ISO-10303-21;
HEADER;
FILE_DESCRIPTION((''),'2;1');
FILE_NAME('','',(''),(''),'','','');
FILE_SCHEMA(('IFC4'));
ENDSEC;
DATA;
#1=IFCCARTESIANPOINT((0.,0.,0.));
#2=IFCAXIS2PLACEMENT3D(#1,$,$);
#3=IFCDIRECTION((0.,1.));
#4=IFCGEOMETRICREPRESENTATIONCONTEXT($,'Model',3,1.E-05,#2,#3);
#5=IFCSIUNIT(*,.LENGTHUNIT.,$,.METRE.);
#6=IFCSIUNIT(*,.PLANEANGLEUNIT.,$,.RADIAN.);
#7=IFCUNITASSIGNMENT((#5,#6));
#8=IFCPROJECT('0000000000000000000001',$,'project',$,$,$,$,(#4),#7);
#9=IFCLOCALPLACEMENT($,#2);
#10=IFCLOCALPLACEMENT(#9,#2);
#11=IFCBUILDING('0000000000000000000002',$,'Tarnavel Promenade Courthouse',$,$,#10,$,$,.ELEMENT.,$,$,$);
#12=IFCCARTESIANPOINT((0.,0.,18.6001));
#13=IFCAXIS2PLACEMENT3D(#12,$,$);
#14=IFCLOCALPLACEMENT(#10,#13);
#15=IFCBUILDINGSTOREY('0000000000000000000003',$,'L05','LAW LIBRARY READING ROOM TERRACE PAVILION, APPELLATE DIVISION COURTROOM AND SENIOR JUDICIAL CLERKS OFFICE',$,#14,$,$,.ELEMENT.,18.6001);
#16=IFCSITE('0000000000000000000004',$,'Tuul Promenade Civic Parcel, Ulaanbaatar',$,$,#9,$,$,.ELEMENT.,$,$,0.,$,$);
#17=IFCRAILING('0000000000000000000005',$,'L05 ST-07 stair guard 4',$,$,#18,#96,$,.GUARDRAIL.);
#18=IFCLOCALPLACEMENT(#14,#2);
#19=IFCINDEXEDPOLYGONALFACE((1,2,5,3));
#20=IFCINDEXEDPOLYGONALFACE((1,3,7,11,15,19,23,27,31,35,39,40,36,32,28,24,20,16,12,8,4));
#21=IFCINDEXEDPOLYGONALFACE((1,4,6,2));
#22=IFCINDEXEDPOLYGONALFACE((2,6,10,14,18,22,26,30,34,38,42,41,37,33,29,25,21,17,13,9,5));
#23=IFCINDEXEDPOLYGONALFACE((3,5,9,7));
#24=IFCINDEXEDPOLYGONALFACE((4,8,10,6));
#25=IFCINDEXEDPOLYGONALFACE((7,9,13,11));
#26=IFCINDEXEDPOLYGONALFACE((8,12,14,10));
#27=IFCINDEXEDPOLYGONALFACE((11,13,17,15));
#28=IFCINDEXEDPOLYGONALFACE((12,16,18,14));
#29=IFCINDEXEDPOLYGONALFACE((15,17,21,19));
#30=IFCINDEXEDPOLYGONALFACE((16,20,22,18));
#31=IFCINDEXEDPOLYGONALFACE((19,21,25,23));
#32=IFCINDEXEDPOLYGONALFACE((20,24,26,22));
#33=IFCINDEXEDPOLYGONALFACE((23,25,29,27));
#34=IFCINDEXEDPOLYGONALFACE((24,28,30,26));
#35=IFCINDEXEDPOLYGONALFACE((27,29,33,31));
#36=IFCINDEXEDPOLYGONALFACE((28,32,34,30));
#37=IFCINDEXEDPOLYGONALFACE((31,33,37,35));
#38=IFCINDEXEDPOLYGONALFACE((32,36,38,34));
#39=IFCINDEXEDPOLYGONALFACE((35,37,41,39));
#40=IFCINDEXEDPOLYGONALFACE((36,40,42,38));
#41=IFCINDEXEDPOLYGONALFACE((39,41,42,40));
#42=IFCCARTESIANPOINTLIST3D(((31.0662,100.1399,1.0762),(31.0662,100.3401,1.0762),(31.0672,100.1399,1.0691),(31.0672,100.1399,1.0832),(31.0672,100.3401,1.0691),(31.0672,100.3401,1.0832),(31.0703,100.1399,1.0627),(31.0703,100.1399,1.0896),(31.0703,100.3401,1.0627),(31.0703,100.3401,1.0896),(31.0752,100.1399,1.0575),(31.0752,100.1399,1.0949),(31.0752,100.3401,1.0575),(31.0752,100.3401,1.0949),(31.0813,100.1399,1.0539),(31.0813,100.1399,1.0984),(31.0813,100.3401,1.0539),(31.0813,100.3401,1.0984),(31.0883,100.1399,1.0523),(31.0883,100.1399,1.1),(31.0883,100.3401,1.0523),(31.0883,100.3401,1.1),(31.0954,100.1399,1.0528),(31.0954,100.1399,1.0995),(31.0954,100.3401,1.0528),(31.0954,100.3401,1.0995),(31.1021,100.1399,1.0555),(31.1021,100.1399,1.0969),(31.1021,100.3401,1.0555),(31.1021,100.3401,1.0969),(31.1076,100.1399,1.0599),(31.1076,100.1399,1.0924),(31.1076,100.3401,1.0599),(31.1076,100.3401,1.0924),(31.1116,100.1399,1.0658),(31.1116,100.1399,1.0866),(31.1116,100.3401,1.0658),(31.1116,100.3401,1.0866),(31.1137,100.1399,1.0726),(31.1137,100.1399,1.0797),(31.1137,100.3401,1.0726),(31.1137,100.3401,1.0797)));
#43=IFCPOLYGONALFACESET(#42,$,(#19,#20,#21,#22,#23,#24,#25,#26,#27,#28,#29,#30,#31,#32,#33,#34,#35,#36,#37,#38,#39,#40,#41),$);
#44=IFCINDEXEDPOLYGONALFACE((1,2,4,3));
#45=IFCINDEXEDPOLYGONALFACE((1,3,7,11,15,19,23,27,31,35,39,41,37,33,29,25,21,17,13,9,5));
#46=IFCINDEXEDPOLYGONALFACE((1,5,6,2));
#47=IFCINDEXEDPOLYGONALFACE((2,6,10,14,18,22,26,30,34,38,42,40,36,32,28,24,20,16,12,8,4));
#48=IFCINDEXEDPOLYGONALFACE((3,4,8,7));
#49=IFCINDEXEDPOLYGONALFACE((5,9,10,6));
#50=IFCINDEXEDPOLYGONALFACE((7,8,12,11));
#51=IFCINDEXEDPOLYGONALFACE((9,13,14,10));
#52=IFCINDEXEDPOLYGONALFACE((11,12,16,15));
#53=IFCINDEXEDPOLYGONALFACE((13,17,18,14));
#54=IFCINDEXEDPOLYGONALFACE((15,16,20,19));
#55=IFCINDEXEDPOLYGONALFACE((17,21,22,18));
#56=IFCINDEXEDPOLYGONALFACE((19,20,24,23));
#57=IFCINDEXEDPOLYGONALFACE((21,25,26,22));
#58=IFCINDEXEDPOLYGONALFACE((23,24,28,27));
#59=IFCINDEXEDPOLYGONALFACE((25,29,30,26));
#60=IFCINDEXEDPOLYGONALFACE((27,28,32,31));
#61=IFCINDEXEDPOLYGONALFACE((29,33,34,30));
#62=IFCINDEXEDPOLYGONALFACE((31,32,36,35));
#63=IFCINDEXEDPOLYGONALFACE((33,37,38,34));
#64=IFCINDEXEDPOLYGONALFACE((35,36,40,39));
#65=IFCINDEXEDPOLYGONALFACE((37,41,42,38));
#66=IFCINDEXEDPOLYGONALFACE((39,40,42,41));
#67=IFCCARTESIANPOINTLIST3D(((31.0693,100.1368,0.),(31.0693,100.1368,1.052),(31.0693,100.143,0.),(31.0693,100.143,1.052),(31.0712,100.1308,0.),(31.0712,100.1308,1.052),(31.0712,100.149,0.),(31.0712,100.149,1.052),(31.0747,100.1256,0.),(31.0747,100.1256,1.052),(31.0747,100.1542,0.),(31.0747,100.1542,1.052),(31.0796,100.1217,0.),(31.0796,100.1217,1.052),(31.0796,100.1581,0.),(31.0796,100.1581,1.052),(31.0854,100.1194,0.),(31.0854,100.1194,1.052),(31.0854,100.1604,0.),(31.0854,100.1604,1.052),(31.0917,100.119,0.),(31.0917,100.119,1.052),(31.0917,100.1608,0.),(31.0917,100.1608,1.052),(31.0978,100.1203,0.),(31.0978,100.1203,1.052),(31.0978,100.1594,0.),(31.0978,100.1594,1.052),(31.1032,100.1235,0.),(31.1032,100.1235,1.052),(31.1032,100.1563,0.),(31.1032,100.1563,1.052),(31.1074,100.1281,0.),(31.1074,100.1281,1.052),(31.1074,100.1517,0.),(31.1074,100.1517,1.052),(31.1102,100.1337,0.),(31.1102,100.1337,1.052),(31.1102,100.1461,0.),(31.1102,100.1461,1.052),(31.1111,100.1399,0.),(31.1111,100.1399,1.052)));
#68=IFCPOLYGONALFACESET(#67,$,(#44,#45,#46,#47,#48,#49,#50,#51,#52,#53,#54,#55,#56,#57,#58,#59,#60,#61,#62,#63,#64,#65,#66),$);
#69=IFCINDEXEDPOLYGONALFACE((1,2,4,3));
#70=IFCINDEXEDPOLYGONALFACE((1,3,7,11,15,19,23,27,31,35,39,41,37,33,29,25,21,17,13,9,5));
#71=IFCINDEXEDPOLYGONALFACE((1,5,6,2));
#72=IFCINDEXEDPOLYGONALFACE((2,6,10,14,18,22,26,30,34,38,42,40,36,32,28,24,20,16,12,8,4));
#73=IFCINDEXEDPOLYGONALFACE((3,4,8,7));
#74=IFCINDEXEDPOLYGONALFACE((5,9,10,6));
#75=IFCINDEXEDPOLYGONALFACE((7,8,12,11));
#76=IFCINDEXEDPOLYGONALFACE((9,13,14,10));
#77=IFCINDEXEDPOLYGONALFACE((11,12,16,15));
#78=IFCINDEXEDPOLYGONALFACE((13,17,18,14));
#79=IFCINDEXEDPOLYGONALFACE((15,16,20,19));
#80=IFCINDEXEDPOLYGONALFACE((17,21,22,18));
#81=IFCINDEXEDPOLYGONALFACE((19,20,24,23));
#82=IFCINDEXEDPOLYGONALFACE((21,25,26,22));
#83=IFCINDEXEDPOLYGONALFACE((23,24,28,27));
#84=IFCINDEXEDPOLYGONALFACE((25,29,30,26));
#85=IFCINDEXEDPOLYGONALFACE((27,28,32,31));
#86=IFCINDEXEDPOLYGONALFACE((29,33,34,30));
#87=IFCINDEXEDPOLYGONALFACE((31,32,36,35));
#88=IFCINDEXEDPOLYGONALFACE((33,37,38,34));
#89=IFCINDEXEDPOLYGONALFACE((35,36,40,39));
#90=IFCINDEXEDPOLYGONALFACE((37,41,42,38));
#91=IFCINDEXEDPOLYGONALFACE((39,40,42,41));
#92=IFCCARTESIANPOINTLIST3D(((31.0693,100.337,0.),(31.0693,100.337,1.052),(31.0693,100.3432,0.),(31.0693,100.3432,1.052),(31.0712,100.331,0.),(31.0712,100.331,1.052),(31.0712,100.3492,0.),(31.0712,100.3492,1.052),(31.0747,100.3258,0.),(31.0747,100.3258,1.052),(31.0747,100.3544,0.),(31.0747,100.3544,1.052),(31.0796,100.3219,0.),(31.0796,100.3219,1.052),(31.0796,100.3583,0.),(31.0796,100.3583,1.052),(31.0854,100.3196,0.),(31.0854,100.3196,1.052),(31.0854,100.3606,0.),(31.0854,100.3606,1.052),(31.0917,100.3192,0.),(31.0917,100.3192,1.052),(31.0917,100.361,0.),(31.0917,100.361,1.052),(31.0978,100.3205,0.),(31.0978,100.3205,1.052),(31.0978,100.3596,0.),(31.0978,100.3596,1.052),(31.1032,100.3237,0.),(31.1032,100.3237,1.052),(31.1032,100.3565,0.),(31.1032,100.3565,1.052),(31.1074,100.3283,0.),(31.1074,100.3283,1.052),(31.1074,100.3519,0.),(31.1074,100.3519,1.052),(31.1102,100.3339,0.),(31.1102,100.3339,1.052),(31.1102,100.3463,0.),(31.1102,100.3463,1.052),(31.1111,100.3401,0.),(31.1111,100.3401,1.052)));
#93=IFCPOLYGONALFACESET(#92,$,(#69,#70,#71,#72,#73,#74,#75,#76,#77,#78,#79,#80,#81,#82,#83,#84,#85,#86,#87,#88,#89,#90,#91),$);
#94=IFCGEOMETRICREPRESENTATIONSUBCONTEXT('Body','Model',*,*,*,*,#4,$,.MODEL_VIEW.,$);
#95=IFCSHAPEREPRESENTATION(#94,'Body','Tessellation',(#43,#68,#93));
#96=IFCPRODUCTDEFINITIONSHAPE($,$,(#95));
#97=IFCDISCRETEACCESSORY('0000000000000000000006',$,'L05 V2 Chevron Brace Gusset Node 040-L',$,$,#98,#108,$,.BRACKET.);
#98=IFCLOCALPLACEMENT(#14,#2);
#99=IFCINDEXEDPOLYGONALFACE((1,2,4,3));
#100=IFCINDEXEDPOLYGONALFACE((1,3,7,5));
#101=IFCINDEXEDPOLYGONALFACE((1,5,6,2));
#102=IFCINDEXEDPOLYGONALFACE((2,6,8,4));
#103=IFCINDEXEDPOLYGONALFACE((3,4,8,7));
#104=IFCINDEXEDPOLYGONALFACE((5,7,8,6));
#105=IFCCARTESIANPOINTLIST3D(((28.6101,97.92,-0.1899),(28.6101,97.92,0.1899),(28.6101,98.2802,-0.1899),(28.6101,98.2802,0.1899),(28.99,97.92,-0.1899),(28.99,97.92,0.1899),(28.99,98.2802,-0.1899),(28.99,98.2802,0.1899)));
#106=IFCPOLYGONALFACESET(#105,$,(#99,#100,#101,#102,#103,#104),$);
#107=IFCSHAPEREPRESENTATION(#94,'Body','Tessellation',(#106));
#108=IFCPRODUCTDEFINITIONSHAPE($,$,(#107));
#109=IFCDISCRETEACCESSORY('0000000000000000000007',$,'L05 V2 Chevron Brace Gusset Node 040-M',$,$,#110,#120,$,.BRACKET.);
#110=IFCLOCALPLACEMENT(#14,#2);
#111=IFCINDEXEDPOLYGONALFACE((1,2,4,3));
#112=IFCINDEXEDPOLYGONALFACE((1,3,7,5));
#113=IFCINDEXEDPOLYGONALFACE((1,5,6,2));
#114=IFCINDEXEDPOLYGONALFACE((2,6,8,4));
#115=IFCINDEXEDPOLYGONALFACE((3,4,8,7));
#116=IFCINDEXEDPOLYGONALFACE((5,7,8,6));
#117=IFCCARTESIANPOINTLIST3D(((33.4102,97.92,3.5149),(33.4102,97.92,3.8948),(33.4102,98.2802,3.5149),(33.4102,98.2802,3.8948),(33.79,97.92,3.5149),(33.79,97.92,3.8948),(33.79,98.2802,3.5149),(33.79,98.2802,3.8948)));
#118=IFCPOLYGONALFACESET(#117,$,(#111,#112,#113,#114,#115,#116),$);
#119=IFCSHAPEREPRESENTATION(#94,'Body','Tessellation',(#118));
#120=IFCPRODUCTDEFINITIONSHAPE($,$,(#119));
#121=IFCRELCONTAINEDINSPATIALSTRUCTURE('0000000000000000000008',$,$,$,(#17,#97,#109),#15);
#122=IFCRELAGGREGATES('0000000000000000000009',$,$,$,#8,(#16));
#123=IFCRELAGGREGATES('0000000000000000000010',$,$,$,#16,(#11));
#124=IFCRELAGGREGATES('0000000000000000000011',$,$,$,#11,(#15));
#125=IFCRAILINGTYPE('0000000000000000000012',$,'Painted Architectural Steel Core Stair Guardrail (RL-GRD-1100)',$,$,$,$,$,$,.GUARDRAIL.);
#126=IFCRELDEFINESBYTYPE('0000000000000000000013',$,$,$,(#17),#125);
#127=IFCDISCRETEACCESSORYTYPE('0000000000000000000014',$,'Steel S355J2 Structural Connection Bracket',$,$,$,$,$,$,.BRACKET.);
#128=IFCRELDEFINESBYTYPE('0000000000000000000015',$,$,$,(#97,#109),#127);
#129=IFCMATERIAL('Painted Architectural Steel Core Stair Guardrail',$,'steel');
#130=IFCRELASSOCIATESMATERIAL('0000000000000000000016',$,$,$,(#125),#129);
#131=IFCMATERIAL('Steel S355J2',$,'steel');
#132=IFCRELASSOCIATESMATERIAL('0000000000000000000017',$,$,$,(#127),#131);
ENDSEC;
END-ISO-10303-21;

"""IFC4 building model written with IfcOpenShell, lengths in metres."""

from ifc_helpers import new_model, si_unit, direction, frame, origin, origin_2d, place, context, subcontext, project, spatial, rectangle, circle, extrude, material, type_object, element, save


model = new_model("IFC4")

# Units and contexts
model_context = context("Model", 3, precision=1e-05, world=origin(), true_north=direction((0.0, 1.0)))
body_context = subcontext(model_context, "Body", "Model", "MODEL_VIEW")
ifc_project = project(units=[si_unit("LENGTHUNIT", "METRE"), si_unit("PLANEANGLEUNIT", "RADIAN")], contexts=[model_context])

# Site, building, storey
site_placement = place(None, origin())
site = spatial("IfcSite", under=ifc_project, at=site_placement, Name="Tuul Promenade Civic Parcel, Ulaanbaatar", CompositionType="ELEMENT", RefElevation=0.0)
building_placement = place(site_placement, origin())
building = spatial("IfcBuilding", under=site, at=building_placement, Name="Tarnavel Promenade Courthouse", CompositionType="ELEMENT")
storey_placement = place(building_placement, frame((0.0, 0.0, 18.6001)))
storey = spatial("IfcBuildingStorey", under=building, at=storey_placement, Name="L05", Description="LAW LIBRARY READING ROOM TERRACE PAVILION, APPELLATE DIVISION COURTROOM AND SENIOR JUDICIAL CLERKS OFFICE", CompositionType="ELEMENT", Elevation=18.6001)

# Shared definitions
ifc_material_1 = material(Name="Steel S355J2", Category="steel")

# Railing
ifc_material_2 = material(Name="Painted Architectural Steel Core Stair Guardrail", Category="steel")
railing_type_1 = type_object("IfcRailingType", Name="Painted Architectural Steel Core Stair Guardrail (RL-GRD-1100)", PredefinedType="GUARDRAIL", material=ifc_material_2)
railing_1_placement = place(storey_placement, frame((31.0901, 100.1399, 0.0)))
element("IfcRailing", 1, at=railing_1_placement, inside=storey, type_object=railing_type_1, Name="L05 ST-07 stair guard 4", PredefinedType="GUARDRAIL", context=body_context, shape_type="SweptSolid", body=[
    extrude(circle(Radius=0.0239, at=origin_2d()), frame((0.0, 0.0, 1.0762), z_axis=(0.0, 1.0, 0.0), x_axis=(-1.0, 0.0, 0.0)), (0.0, 0.0, 1.0), 0.2002),
    extrude(circle(Radius=0.021, at=origin_2d()), origin(), (0.0, 0.0, 1.0), 1.052),
    extrude(circle(Radius=0.021, at=origin_2d()), frame((0.0, 0.2002, 0.0)), (0.0, 0.0, 1.0), 1.052),
])

# Discrete accessories
discrete_accessory_type = type_object("IfcDiscreteAccessoryType", Name="Steel S355J2 Structural Connection Bracket", PredefinedType="BRACKET", material=ifc_material_1)
for number, where, z_axis, x_axis, name in (
    (2, (28.8, 98.1001, -0.1899), (0.0, 0.0, 1.0), (1.0, 0.0, 0.0), "L05 V2 Chevron Brace Gusset Node 040-L"),
    (3, (33.6001, 98.1001, 3.5149), (0.0, 0.0, 1.0), (1.0, 0.0, 0.0), "L05 V2 Chevron Brace Gusset Node 040-M"),
):
    element("IfcDiscreteAccessory", number, at=place(storey_placement, frame(where, z_axis=z_axis, x_axis=x_axis)), inside=storey, type_object=discrete_accessory_type, Name=name, PredefinedType="BRACKET", context=body_context, shape_type="SweptSolid", body=[
        extrude(rectangle(XDim=0.3799, YDim=0.3601, at=origin_2d()), origin(), (0.0, 0.0, 1.0), 0.3799),
    ])

save(model, "model.ifc")
